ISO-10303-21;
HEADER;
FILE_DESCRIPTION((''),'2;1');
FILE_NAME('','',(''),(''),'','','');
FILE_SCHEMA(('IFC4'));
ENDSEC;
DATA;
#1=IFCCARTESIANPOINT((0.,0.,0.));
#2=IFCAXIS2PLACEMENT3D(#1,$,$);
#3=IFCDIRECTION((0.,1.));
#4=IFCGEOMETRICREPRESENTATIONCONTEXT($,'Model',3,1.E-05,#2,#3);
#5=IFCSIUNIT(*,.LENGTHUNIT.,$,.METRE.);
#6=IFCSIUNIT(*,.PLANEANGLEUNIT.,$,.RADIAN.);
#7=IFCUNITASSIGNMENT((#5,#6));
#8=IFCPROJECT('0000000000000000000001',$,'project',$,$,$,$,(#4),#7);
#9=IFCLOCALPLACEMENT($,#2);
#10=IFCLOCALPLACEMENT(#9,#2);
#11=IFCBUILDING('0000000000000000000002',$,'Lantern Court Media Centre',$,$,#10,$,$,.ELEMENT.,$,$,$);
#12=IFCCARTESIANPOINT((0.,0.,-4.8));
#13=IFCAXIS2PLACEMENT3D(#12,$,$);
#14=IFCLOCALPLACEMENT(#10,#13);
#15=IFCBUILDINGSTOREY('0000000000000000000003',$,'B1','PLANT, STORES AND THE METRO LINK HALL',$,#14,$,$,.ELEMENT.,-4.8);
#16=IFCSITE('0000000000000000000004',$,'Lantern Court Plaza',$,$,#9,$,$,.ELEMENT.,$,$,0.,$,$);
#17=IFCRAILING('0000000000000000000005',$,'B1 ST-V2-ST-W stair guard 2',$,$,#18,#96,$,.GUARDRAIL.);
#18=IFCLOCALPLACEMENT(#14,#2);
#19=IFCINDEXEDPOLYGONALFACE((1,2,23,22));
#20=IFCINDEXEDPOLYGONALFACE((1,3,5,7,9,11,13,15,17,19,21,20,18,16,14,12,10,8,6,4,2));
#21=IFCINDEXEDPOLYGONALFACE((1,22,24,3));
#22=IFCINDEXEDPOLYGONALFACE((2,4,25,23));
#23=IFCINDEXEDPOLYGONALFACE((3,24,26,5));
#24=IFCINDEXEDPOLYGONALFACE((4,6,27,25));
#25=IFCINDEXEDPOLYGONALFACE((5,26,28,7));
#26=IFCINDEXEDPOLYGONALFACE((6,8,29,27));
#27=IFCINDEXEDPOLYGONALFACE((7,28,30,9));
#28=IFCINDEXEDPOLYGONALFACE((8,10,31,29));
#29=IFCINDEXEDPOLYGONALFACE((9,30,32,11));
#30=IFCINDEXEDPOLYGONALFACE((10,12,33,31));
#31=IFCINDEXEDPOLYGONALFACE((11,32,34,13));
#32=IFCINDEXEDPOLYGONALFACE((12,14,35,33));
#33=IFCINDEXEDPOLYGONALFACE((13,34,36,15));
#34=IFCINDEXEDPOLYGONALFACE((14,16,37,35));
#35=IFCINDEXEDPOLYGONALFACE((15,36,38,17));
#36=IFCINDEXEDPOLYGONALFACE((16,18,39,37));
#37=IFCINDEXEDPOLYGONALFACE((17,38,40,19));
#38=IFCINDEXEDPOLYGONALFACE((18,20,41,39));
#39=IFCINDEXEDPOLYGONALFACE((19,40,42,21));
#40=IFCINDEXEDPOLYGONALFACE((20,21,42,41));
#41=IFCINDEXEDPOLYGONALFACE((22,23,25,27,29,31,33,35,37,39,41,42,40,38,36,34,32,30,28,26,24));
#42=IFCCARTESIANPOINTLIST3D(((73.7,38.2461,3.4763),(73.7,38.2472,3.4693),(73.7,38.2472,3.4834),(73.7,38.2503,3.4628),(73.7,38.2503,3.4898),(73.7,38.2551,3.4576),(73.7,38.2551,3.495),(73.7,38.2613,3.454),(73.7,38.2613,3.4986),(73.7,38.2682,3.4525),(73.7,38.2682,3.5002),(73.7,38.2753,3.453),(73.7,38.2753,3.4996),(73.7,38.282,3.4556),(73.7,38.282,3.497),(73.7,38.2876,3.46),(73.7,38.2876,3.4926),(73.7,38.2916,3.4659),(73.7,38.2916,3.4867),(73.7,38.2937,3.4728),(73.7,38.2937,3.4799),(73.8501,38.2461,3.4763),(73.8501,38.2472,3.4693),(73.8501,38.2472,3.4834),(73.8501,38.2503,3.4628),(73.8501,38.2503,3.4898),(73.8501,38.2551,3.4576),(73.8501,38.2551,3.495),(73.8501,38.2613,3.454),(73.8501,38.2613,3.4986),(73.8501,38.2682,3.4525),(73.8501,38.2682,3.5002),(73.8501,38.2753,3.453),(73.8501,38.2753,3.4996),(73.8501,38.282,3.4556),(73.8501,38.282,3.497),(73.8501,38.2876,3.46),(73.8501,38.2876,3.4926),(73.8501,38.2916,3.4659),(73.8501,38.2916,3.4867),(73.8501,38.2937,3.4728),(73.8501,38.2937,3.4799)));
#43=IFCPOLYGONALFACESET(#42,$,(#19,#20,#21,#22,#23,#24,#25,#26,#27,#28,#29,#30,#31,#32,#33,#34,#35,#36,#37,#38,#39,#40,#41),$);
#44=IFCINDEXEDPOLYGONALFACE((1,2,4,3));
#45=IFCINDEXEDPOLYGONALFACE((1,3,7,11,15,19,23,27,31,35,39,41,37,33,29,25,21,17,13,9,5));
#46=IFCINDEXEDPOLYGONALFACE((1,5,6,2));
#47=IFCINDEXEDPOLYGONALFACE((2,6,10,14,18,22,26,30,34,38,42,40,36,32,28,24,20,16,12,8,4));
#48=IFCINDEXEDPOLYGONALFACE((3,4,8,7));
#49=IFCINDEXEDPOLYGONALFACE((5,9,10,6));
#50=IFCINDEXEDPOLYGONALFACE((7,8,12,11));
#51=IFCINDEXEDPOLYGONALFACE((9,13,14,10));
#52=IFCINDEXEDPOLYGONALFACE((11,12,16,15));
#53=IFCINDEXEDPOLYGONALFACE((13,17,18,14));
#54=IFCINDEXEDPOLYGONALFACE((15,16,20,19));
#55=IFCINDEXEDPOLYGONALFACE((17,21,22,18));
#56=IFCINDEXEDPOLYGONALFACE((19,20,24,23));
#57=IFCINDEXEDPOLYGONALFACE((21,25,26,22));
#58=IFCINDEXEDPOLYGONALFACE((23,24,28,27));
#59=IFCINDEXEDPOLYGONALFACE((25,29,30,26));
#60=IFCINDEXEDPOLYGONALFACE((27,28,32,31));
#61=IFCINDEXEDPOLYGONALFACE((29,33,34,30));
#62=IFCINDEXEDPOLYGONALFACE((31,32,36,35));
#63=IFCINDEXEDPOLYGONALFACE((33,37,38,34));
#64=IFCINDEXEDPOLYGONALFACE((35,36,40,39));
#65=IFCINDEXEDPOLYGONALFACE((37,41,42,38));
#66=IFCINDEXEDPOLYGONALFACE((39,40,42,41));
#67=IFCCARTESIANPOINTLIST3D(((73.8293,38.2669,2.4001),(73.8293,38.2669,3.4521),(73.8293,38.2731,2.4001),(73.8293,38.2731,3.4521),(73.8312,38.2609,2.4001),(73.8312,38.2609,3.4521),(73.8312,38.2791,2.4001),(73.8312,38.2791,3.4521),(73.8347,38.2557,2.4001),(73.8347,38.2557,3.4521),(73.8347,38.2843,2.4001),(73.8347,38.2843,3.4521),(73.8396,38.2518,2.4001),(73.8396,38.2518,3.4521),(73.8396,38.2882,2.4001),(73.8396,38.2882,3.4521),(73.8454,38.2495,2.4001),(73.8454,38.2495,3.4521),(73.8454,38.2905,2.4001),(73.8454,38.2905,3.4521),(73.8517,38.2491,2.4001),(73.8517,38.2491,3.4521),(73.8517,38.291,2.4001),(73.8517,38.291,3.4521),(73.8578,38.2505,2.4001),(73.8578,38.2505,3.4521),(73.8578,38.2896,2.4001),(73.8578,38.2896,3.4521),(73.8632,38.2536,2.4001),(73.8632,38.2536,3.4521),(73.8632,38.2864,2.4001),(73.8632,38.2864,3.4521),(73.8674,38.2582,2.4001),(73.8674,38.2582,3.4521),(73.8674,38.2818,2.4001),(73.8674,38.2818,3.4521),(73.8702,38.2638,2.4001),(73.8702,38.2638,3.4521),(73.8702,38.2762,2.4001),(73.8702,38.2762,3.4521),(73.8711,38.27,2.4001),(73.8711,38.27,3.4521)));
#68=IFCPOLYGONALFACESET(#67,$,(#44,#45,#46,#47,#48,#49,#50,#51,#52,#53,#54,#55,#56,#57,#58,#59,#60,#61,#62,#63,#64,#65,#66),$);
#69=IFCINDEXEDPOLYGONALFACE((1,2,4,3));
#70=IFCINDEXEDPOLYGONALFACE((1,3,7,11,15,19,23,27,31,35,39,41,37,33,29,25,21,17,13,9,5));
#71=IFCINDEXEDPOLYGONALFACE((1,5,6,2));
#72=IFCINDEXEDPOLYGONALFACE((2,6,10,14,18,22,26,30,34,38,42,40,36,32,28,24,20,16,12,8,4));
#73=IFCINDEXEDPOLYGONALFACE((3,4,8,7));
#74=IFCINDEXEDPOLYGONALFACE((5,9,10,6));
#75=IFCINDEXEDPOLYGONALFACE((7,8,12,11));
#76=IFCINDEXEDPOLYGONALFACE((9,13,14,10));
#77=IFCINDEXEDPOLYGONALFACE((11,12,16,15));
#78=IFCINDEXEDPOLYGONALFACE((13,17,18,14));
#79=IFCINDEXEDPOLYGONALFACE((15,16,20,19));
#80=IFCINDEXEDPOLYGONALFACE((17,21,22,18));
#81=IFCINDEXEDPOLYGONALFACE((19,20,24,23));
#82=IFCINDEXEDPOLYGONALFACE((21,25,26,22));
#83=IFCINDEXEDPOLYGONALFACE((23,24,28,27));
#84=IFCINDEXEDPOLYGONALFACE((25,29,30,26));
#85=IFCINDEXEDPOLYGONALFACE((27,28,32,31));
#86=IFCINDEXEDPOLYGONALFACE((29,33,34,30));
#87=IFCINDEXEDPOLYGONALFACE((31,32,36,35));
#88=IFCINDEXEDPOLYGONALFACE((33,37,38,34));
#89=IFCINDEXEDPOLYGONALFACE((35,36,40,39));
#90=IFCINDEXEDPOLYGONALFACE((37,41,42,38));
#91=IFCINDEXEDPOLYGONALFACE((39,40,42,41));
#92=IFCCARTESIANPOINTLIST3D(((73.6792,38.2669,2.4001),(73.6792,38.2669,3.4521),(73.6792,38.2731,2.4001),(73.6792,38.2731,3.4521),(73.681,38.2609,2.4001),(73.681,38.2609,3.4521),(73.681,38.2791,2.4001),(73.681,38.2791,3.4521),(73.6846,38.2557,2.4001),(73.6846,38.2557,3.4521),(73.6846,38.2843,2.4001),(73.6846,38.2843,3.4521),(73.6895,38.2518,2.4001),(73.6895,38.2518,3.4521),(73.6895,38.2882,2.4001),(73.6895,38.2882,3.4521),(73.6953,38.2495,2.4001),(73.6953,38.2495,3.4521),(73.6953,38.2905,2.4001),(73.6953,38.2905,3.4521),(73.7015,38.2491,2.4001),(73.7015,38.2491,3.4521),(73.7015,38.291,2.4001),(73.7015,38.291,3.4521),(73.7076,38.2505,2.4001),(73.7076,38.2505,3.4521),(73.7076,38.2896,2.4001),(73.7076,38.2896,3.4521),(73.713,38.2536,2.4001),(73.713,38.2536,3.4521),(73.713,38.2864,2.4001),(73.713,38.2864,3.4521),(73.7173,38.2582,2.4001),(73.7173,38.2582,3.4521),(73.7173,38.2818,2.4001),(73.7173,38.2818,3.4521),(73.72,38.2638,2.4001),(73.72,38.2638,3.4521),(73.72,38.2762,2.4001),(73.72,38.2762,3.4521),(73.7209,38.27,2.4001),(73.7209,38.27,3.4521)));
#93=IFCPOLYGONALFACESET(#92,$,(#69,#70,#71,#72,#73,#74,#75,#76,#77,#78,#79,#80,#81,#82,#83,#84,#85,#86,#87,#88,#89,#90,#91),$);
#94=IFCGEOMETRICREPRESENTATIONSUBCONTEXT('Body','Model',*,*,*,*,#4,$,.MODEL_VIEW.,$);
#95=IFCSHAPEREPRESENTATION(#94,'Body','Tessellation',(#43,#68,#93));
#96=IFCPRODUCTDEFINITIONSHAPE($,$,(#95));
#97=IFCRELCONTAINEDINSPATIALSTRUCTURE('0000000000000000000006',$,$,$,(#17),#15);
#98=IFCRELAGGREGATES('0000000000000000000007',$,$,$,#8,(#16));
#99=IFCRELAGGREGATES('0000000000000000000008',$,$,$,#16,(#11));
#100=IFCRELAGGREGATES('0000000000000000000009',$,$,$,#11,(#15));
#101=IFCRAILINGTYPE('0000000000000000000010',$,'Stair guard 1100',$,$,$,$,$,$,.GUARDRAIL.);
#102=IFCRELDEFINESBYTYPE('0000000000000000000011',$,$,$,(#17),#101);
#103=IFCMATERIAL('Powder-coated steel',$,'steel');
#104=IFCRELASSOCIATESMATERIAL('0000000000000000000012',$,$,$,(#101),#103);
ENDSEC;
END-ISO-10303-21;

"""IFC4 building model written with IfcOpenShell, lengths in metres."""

from ifc_helpers import new_model, si_unit, direction, frame, origin, origin_2d, place, context, subcontext, project, spatial, circle, extrude, material, type_object, element, save


model = new_model("IFC4")

# Units and contexts
model_context = context("Model", 3, precision=1e-05, world=origin(), true_north=direction((0.0, 1.0)))
body_context = subcontext(model_context, "Body", "Model", "MODEL_VIEW")
ifc_project = project(units=[si_unit("LENGTHUNIT", "METRE"), si_unit("PLANEANGLEUNIT", "RADIAN")], contexts=[model_context])

# Site, building, storey
site_placement = place(None, origin())
site = spatial("IfcSite", under=ifc_project, at=site_placement, Name="Lantern Court Plaza", CompositionType="ELEMENT", RefElevation=0.0)
building_placement = place(site_placement, origin())
building = spatial("IfcBuilding", under=site, at=building_placement, Name="Lantern Court Media Centre", CompositionType="ELEMENT")
storey_placement = place(building_placement, frame((0.0, 0.0, -4.8)))
storey = spatial("IfcBuildingStorey", under=building, at=storey_placement, Name="B1", Description="PLANT, STORES AND THE METRO LINK HALL", CompositionType="ELEMENT", Elevation=-4.8)

# Railing
ifc_material_1 = material(Name="Powder-coated steel", Category="steel")
railing_type_1 = type_object("IfcRailingType", Name="Stair guard 1100", PredefinedType="GUARDRAIL", material=ifc_material_1)
railing_1_placement = place(storey_placement, frame((73.8501, 38.27, 2.4001)))
element("IfcRailing", 1, at=railing_1_placement, inside=storey, type_object=railing_type_1, Name="B1 ST-V2-ST-W stair guard 2", PredefinedType="GUARDRAIL", context=body_context, shape_type="SweptSolid", body=[
    extrude(circle(Radius=0.0239, at=origin_2d()), frame((0.0, 0.0, 1.0762), z_axis=(-1.0, 0.0, 0.0), x_axis=(0.0, -1.0, 0.0)), (0.0, 0.0, 1.0), 0.1501),
    extrude(circle(Radius=0.021, at=origin_2d()), origin(), (0.0, 0.0, 1.0), 1.052),
    extrude(circle(Radius=0.021, at=origin_2d()), frame((-0.1501, 0.0, 0.0)), (0.0, 0.0, 1.0), 1.052),
])

save(model, "model.ifc")
